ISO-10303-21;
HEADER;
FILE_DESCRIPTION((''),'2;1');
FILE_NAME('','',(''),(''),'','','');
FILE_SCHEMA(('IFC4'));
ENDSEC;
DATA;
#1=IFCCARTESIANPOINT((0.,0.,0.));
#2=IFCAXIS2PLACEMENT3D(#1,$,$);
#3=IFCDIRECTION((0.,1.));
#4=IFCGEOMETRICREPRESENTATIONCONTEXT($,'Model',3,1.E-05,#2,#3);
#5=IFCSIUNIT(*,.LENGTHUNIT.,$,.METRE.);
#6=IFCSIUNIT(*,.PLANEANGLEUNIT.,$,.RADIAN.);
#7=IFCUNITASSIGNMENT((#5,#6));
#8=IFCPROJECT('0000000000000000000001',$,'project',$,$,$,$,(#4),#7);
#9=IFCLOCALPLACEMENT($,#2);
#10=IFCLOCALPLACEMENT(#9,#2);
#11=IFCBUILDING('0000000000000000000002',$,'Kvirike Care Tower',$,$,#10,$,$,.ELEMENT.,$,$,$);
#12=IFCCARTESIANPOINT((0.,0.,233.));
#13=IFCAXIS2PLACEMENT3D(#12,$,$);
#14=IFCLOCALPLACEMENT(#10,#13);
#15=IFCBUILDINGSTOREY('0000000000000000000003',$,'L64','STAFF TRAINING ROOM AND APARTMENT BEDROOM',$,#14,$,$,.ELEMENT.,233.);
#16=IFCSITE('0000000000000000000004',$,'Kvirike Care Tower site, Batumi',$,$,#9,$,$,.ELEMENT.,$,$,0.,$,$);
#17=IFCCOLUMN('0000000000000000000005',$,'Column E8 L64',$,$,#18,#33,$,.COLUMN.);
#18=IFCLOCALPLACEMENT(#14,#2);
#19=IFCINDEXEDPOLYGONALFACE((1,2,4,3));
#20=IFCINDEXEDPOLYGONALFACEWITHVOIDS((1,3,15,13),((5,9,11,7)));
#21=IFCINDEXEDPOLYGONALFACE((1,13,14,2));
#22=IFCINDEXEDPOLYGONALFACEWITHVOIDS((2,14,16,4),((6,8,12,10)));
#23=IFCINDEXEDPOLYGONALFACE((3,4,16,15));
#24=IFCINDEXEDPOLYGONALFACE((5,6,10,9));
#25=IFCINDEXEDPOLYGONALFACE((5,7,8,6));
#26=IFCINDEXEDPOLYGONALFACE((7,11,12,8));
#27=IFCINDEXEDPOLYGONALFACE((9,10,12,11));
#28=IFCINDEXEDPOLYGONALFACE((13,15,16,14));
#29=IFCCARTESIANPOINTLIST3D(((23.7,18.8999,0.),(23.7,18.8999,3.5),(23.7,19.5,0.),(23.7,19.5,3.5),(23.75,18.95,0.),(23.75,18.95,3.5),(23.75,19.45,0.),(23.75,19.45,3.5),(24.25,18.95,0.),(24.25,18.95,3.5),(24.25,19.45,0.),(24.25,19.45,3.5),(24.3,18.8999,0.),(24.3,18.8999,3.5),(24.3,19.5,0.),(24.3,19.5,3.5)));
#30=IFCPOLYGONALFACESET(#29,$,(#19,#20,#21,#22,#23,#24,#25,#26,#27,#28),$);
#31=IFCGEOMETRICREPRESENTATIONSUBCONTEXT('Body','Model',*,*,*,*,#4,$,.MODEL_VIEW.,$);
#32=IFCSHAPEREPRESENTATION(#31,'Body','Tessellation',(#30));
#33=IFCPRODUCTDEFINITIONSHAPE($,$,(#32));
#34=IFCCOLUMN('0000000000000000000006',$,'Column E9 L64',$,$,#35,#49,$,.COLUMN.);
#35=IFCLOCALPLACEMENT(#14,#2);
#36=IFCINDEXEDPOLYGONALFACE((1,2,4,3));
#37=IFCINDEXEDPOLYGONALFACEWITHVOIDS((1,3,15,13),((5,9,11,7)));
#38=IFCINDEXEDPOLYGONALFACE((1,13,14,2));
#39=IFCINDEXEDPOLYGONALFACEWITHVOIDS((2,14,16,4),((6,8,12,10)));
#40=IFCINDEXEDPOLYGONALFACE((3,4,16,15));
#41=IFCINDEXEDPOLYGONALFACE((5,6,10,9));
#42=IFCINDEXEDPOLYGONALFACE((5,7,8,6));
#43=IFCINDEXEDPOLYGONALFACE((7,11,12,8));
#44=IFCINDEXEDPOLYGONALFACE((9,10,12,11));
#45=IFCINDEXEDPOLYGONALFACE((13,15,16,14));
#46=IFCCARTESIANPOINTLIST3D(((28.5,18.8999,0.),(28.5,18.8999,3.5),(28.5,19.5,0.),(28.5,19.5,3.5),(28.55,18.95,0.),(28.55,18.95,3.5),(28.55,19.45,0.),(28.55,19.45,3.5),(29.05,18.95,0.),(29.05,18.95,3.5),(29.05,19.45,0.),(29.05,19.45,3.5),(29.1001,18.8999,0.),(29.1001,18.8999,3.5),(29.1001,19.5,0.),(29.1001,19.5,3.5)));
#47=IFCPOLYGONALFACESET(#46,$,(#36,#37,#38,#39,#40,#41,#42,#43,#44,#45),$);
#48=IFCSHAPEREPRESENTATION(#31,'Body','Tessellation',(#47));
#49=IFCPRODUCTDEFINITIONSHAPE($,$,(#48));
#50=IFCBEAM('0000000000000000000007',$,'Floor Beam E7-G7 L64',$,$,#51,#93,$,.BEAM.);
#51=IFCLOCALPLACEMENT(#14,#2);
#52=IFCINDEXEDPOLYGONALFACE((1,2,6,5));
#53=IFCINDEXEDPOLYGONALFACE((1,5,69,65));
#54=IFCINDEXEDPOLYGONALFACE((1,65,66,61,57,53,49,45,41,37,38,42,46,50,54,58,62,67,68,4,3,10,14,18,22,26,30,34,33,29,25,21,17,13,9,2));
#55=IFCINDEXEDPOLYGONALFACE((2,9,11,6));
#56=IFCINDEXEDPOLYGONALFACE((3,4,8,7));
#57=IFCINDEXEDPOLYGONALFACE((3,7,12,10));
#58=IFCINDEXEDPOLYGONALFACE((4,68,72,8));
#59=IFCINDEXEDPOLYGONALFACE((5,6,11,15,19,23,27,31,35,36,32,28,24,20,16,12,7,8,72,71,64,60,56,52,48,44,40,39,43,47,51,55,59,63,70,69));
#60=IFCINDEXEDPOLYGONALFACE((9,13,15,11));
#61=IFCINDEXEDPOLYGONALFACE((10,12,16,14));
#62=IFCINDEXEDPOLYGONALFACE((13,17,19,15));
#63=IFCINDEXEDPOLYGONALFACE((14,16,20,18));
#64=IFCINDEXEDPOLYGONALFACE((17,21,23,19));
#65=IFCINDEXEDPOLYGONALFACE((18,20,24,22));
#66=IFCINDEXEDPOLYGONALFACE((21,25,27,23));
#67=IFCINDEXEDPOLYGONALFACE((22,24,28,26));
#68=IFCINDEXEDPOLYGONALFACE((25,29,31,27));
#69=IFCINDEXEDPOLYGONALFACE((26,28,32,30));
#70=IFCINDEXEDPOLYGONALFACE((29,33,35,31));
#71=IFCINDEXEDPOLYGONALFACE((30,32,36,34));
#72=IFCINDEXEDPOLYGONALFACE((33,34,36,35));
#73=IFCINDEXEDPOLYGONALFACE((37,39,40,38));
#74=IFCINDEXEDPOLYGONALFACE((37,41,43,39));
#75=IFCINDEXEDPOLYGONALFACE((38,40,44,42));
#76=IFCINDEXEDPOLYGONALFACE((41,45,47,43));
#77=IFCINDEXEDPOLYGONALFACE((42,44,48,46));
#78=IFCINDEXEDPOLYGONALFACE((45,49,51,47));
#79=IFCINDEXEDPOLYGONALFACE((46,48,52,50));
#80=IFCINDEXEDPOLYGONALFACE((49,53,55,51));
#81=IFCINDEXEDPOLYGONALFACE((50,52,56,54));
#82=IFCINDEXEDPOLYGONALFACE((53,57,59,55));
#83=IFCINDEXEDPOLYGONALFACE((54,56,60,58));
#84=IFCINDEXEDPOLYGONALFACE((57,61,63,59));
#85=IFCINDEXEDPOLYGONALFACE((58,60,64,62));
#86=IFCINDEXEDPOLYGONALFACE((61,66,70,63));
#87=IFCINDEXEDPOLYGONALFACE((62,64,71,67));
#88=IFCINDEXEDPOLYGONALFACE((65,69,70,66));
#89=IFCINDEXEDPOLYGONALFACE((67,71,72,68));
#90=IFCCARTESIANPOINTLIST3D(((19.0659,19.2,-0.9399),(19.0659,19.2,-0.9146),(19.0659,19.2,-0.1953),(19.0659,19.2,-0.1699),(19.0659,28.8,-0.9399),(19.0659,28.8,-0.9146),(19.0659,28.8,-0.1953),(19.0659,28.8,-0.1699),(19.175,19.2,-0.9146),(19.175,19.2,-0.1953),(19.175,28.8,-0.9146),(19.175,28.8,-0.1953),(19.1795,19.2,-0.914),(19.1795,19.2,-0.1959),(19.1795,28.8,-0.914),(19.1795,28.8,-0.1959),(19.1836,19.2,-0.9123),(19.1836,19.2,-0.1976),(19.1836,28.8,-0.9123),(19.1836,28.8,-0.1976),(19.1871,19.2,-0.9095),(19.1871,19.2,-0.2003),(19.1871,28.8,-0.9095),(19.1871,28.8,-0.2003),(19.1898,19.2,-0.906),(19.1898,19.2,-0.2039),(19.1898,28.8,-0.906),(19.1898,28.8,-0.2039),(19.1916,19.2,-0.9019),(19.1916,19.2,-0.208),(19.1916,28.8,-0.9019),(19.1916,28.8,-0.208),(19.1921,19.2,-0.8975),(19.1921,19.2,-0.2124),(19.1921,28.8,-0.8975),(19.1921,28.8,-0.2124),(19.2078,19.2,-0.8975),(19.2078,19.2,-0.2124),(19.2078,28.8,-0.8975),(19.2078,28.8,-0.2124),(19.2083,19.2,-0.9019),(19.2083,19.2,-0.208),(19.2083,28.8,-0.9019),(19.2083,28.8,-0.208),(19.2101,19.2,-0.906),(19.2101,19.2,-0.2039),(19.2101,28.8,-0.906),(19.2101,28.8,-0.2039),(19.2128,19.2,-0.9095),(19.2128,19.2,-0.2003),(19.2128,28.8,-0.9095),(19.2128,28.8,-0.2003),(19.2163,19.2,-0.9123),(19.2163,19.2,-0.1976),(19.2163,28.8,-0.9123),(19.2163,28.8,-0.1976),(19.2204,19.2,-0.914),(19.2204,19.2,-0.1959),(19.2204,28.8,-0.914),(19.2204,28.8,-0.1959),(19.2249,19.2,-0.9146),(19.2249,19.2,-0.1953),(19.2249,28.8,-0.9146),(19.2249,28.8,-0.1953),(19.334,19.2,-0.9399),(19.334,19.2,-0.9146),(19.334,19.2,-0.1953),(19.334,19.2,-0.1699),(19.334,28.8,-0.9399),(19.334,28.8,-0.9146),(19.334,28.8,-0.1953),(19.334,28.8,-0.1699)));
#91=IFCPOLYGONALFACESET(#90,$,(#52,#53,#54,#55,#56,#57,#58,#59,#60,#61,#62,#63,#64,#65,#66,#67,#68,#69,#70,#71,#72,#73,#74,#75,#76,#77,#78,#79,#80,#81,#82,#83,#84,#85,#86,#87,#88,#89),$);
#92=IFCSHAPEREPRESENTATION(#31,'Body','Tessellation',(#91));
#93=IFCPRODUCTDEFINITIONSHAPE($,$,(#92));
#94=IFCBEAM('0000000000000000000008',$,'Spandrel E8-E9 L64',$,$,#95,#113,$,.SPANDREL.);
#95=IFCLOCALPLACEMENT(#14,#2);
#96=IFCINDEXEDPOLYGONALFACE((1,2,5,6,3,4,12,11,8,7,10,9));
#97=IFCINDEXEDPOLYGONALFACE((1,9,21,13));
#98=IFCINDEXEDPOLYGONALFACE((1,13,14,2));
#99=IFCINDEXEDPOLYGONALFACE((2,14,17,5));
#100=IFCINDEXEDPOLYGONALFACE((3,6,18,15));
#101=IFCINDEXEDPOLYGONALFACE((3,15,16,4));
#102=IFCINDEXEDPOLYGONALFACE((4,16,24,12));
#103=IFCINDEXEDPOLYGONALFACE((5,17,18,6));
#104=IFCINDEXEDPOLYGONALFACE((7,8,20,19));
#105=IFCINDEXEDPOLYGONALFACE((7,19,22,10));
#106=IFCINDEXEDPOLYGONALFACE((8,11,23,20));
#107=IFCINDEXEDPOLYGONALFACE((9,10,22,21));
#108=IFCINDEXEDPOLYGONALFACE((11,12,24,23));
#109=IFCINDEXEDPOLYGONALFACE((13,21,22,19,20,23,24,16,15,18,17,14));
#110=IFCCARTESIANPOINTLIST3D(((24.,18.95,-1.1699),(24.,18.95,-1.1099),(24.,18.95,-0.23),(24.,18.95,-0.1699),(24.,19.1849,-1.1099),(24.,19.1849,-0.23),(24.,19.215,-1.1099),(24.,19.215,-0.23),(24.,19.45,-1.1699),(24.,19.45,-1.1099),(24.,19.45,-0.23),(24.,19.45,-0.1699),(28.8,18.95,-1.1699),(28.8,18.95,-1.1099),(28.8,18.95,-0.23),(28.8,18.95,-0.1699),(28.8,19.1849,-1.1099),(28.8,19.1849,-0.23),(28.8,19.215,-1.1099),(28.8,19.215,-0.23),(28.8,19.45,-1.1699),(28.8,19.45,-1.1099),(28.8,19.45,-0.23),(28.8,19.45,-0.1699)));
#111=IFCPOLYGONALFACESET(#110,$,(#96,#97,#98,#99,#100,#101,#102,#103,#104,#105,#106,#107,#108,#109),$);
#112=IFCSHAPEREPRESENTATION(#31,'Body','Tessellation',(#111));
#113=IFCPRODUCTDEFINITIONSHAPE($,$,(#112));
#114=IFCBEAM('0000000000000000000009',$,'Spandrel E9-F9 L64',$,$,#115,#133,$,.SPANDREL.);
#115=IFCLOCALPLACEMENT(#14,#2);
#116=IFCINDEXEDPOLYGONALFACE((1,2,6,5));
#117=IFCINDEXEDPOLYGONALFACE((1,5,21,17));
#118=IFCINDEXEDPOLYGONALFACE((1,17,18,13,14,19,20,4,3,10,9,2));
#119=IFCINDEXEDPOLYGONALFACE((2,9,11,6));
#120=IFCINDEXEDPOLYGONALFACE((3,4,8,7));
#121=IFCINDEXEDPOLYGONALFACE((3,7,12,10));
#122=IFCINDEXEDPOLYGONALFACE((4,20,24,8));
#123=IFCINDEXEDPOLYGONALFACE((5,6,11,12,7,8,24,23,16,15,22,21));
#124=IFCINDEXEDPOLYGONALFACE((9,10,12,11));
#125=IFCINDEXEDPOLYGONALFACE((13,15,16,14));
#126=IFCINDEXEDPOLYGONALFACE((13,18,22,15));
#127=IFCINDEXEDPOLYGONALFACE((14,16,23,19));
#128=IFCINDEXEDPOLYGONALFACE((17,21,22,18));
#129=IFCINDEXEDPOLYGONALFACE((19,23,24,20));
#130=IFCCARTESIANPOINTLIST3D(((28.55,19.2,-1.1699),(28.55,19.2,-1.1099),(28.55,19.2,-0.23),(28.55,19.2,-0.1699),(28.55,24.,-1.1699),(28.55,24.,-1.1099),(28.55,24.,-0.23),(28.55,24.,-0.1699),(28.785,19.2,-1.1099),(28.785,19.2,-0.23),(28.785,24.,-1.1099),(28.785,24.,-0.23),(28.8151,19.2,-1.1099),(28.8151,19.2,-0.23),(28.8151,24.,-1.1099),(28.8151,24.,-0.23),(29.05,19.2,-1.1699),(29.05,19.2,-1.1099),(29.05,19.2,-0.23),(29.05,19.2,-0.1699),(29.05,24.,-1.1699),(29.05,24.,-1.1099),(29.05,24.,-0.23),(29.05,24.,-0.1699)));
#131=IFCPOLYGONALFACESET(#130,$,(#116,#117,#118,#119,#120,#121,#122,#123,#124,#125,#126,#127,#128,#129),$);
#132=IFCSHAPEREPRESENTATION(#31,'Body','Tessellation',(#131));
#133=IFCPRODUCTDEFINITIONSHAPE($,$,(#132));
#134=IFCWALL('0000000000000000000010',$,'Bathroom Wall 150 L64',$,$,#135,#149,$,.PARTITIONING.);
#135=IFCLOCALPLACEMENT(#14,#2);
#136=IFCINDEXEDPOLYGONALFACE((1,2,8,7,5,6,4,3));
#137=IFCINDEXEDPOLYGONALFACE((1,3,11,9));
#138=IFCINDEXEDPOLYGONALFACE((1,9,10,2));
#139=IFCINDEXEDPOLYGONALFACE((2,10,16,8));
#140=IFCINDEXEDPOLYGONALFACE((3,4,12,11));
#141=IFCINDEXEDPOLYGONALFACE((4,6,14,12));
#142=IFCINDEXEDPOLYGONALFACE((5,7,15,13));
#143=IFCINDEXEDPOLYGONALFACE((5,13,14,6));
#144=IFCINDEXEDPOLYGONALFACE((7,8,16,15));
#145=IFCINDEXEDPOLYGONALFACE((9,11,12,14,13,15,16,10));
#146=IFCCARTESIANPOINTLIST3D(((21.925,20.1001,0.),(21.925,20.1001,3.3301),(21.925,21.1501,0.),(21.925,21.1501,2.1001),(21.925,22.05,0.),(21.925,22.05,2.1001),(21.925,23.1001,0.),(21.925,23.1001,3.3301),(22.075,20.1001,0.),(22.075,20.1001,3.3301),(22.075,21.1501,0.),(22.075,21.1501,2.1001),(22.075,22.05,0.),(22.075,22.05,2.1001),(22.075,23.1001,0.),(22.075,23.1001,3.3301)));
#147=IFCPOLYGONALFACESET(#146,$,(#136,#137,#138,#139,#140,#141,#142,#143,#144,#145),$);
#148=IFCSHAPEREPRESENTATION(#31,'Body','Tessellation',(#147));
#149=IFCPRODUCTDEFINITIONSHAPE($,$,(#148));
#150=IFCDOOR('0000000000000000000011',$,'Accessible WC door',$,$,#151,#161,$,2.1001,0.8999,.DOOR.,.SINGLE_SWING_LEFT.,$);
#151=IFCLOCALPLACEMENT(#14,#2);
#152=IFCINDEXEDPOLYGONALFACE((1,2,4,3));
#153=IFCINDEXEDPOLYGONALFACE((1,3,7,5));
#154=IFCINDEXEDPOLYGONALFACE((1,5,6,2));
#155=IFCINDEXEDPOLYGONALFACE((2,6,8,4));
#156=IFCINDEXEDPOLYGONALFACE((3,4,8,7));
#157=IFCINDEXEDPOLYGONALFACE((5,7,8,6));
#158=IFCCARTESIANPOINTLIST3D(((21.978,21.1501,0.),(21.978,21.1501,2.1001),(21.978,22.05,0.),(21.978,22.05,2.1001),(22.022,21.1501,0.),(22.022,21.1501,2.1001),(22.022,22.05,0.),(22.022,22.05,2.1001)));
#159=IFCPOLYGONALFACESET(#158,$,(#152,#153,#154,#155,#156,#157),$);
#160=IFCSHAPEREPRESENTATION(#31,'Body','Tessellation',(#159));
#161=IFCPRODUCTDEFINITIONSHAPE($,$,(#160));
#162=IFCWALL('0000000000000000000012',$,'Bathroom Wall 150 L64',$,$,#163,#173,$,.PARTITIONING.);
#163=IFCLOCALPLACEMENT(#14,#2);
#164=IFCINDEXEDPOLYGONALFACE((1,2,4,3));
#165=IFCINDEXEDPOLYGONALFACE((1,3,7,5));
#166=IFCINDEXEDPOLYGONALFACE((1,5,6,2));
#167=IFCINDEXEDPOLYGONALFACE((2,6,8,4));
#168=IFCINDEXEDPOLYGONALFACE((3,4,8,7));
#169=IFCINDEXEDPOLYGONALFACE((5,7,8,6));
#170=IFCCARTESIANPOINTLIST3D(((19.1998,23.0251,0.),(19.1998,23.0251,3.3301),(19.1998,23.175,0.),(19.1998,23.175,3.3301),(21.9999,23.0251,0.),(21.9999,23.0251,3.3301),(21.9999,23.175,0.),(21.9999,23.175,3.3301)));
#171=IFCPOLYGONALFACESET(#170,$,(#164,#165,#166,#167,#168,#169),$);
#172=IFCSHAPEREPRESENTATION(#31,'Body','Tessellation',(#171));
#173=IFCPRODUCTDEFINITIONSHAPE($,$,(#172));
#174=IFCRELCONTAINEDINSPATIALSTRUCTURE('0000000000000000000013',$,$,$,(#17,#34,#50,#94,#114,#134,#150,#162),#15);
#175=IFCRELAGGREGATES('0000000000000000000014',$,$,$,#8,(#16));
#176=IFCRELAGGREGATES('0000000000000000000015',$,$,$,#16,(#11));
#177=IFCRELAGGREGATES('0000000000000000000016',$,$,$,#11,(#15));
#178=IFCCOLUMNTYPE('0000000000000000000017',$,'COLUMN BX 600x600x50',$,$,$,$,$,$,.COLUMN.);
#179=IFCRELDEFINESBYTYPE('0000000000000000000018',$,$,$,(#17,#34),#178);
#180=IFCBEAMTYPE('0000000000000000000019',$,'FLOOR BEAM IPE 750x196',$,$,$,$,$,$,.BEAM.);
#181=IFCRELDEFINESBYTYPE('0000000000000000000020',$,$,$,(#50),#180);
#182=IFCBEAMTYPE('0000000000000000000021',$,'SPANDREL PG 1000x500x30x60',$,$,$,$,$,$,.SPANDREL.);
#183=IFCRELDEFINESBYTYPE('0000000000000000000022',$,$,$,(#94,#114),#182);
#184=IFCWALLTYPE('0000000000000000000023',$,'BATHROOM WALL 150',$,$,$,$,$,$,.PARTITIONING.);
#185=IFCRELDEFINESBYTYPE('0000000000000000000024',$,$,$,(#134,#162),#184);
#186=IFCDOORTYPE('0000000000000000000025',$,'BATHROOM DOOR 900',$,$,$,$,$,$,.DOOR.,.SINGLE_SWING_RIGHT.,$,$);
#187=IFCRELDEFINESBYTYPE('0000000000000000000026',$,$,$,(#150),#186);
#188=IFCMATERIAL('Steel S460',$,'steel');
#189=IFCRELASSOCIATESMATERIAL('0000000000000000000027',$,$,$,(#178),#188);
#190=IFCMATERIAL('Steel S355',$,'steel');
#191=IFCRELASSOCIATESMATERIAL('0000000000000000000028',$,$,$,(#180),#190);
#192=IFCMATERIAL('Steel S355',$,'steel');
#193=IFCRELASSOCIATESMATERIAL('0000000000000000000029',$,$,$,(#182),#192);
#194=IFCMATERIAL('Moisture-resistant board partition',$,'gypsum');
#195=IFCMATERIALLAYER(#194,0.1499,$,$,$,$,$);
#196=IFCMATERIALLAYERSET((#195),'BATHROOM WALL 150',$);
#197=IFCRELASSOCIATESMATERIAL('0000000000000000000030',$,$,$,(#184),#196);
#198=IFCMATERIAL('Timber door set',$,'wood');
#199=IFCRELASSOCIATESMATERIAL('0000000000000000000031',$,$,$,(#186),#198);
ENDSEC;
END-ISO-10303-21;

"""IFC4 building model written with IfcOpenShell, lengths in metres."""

from ifc_helpers import new_model, si_unit, direction, frame, frame_2d, origin, origin_2d, place, context, subcontext, project, spatial, rectangle, hollow_rectangle, i_section, extrude, material, layer, layer_set, material_profile, profile_set, type_object, element, fill, save


model = new_model("IFC4")

# Units and contexts
model_context = context("Model", 3, precision=1e-05, world=origin(), true_north=direction((0.0, 1.0)))
body_context = subcontext(model_context, "Body", "Model", "MODEL_VIEW")
ifc_project = project(units=[si_unit("LENGTHUNIT", "METRE"), si_unit("PLANEANGLEUNIT", "RADIAN")], contexts=[model_context])

# Site, building, storey
site_placement = place(None, origin())
site = spatial("IfcSite", under=ifc_project, at=site_placement, Name="Kvirike Care Tower site, Batumi", CompositionType="ELEMENT", RefElevation=0.0)
building_placement = place(site_placement, origin())
building = spatial("IfcBuilding", under=site, at=building_placement, Name="Kvirike Care Tower", CompositionType="ELEMENT")
storey_placement = place(building_placement, frame((0.0, 0.0, 233.0)))
storey = spatial("IfcBuildingStorey", under=building, at=storey_placement, Name="L64", Description="STAFF TRAINING ROOM AND APARTMENT BEDROOM", CompositionType="ELEMENT", Elevation=233.0)

# Columns
ifc_material_1 = material(Name="Steel S460", Category="steel")
ifc_material_profile_1 = material_profile(ifc_material_1, hollow_rectangle(XDim=0.6001, YDim=0.6001, WallThickness=0.05, at=origin_2d()), Name="BX 600x600x50")
ifc_profile_set_1 = profile_set([ifc_material_profile_1], Name="Steel S460")
column_type = type_object("IfcColumnType", Name="COLUMN BX 600x600x50", PredefinedType="COLUMN", material=ifc_profile_set_1)
for number, where, z_axis, x_axis, name in (
    (1, (24.0, 19.2, 0.0), (0.0, 0.0, 1.0), (0.0, 1.0, 0.0), "Column E8 L64"),
    (2, (28.8, 19.2, 0.0), (0.0, 0.0, 1.0), (0.0, 1.0, 0.0), "Column E9 L64"),
):
    element("IfcColumn", number, at=place(storey_placement, frame(where, z_axis=z_axis, x_axis=x_axis)), inside=storey, type_object=column_type, Name=name, PredefinedType="COLUMN", context=body_context, shape_type="SweptSolid", body=[
        extrude(hollow_rectangle(XDim=0.6001, YDim=0.6001, WallThickness=0.05, at=origin_2d()), origin(), (0.0, 0.0, 1.0), 3.5),
    ])

# Beams
ifc_material_2 = material(Name="Steel S355", Category="steel")
ifc_material_profile_2 = material_profile(ifc_material_2, i_section(OverallWidth=0.2681, OverallDepth=0.77, WebThickness=0.0156, FlangeThickness=0.0254, FilletRadius=0.0171, at=origin_2d()), Name="IPE 750x196")
ifc_profile_set_2 = profile_set([ifc_material_profile_2], Name="Steel S355")
beam_type_1 = type_object("IfcBeamType", Name="FLOOR BEAM IPE 750x196", PredefinedType="BEAM", material=ifc_profile_set_2)
beam_placement = place(storey_placement, frame((19.2, 19.2, -0.5549), z_axis=(0.0, 1.0, 0.0), x_axis=(-1.0, 0.0, 0.0)))
element("IfcBeam", 3, at=beam_placement, inside=storey, type_object=beam_type_1, Name="Floor Beam E7-G7 L64", PredefinedType="BEAM", context=body_context, shape_type="SweptSolid", body=[
    extrude(i_section(OverallWidth=0.2681, OverallDepth=0.77, WebThickness=0.0156, FlangeThickness=0.0254, FilletRadius=0.0171, at=origin_2d()), origin(), (0.0, 0.0, 1.0), 9.6001),
])
ifc_material_3 = material(Name="Steel S355", Category="steel")
ifc_material_profile_3 = material_profile(ifc_material_3, i_section(OverallWidth=0.5, OverallDepth=1.0, WebThickness=0.03, FlangeThickness=0.0601, at=origin_2d()), Name="PG 1000x500x30x60")
ifc_profile_set_3 = profile_set([ifc_material_profile_3], Name="Steel S355")
beam_type_2 = type_object("IfcBeamType", Name="SPANDREL PG 1000x500x30x60", PredefinedType="SPANDREL", material=ifc_profile_set_3)
for number, where, z_axis, x_axis, name in (
    (4, (24.0, 19.2, -0.6699), (1.0, 0.0, 0.0), (0.0, 1.0, 0.0), "Spandrel E8-E9 L64"),
    (5, (28.8, 19.2, -0.6699), (0.0, 1.0, 0.0), (-1.0, 0.0, 0.0), "Spandrel E9-F9 L64"),
):
    element("IfcBeam", number, at=place(storey_placement, frame(where, z_axis=z_axis, x_axis=x_axis)), inside=storey, type_object=beam_type_2, Name=name, PredefinedType="SPANDREL", context=body_context, shape_type="SweptSolid", body=[
        extrude(i_section(OverallWidth=0.5, OverallDepth=1.0, WebThickness=0.03, FlangeThickness=0.0601, at=origin_2d()), origin(), (0.0, 0.0, 1.0), 4.8),
    ])

# Wall, opening, door
ifc_material_4 = material(Name="Moisture-resistant board partition", Category="gypsum")
ifc_layer_1 = layer(ifc_material_4, 0.1499)
ifc_layer_set_1 = layer_set([ifc_layer_1], Name="BATHROOM WALL 150")
wall_type_1 = type_object("IfcWallType", Name="BATHROOM WALL 150", PredefinedType="PARTITIONING", material=ifc_layer_set_1)
wall_1_placement = place(storey_placement, frame((22.0, 20.1001, 0.0), z_axis=(0.0, 0.0, 1.0), x_axis=(0.0, 1.0, 0.0)))
wall_1 = element("IfcWall", 6, at=wall_1_placement, inside=storey, type_object=wall_type_1, Name="Bathroom Wall 150 L64", PredefinedType="PARTITIONING", context=body_context, shape_type="SweptSolid", body=[
    extrude(rectangle(XDim=3.0, YDim=0.1499, at=frame_2d((1.5, 0.0))), origin(), (0.0, 0.0, 1.0), 3.3301),
])
opening_1_placement = place(wall_1_placement, frame((1.05, 0.0, 0.0)))
opening_1 = element("IfcOpeningElement", 7, at=opening_1_placement, cuts=wall_1, PredefinedType="OPENING", context=body_context, shape_type="SweptSolid", body=[
    extrude(rectangle(XDim=0.8999, YDim=2.1001, at=frame_2d((0.45, 1.05))), frame((0.0, 0.0854, 0.0), z_axis=(0.0, -1.0, 0.0), x_axis=(1.0, 0.0, 0.0)), (0.0, 0.0, 1.0), 0.1709),
])
ifc_material_5 = material(Name="Timber door set", Category="wood")
door_type_1 = type_object("IfcDoorType", Name="BATHROOM DOOR 900", OperationType="SINGLE_SWING_RIGHT", PredefinedType="DOOR", material=ifc_material_5)
door_1_placement = place(opening_1_placement, origin())
door_1 = element("IfcDoor", 8, at=door_1_placement, inside=storey, type_object=door_type_1, Name="Accessible WC door", OperationType="SINGLE_SWING_LEFT", OverallHeight=2.1001, OverallWidth=0.8999, PredefinedType="DOOR", context=body_context, shape_type="SweptSolid", body=[
    extrude(rectangle(XDim=0.8999, YDim=2.1001, at=frame_2d((0.45, 1.05))), frame((0.0, 0.022, 0.0), z_axis=(0.0, -1.0, 0.0), x_axis=(1.0, 0.0, 0.0)), (0.0, 0.0, 1.0), 0.0439),
])
fill(opening_1, door_1)

# Wall
wall_2_placement = place(storey_placement, frame((19.2, 23.1001, 0.0), z_axis=(0.0, 0.0, 1.0), x_axis=(1.0, 0.0, 0.0)))
element("IfcWall", 9, at=wall_2_placement, inside=storey, type_object=wall_type_1, Name="Bathroom Wall 150 L64", PredefinedType="PARTITIONING", context=body_context, shape_type="SweptSolid", body=[
    extrude(rectangle(XDim=2.8, YDim=0.1499, at=frame_2d((1.3999, 0.0))), origin(), (0.0, 0.0, 1.0), 3.3301),
])

save(model, "model.ifc")
